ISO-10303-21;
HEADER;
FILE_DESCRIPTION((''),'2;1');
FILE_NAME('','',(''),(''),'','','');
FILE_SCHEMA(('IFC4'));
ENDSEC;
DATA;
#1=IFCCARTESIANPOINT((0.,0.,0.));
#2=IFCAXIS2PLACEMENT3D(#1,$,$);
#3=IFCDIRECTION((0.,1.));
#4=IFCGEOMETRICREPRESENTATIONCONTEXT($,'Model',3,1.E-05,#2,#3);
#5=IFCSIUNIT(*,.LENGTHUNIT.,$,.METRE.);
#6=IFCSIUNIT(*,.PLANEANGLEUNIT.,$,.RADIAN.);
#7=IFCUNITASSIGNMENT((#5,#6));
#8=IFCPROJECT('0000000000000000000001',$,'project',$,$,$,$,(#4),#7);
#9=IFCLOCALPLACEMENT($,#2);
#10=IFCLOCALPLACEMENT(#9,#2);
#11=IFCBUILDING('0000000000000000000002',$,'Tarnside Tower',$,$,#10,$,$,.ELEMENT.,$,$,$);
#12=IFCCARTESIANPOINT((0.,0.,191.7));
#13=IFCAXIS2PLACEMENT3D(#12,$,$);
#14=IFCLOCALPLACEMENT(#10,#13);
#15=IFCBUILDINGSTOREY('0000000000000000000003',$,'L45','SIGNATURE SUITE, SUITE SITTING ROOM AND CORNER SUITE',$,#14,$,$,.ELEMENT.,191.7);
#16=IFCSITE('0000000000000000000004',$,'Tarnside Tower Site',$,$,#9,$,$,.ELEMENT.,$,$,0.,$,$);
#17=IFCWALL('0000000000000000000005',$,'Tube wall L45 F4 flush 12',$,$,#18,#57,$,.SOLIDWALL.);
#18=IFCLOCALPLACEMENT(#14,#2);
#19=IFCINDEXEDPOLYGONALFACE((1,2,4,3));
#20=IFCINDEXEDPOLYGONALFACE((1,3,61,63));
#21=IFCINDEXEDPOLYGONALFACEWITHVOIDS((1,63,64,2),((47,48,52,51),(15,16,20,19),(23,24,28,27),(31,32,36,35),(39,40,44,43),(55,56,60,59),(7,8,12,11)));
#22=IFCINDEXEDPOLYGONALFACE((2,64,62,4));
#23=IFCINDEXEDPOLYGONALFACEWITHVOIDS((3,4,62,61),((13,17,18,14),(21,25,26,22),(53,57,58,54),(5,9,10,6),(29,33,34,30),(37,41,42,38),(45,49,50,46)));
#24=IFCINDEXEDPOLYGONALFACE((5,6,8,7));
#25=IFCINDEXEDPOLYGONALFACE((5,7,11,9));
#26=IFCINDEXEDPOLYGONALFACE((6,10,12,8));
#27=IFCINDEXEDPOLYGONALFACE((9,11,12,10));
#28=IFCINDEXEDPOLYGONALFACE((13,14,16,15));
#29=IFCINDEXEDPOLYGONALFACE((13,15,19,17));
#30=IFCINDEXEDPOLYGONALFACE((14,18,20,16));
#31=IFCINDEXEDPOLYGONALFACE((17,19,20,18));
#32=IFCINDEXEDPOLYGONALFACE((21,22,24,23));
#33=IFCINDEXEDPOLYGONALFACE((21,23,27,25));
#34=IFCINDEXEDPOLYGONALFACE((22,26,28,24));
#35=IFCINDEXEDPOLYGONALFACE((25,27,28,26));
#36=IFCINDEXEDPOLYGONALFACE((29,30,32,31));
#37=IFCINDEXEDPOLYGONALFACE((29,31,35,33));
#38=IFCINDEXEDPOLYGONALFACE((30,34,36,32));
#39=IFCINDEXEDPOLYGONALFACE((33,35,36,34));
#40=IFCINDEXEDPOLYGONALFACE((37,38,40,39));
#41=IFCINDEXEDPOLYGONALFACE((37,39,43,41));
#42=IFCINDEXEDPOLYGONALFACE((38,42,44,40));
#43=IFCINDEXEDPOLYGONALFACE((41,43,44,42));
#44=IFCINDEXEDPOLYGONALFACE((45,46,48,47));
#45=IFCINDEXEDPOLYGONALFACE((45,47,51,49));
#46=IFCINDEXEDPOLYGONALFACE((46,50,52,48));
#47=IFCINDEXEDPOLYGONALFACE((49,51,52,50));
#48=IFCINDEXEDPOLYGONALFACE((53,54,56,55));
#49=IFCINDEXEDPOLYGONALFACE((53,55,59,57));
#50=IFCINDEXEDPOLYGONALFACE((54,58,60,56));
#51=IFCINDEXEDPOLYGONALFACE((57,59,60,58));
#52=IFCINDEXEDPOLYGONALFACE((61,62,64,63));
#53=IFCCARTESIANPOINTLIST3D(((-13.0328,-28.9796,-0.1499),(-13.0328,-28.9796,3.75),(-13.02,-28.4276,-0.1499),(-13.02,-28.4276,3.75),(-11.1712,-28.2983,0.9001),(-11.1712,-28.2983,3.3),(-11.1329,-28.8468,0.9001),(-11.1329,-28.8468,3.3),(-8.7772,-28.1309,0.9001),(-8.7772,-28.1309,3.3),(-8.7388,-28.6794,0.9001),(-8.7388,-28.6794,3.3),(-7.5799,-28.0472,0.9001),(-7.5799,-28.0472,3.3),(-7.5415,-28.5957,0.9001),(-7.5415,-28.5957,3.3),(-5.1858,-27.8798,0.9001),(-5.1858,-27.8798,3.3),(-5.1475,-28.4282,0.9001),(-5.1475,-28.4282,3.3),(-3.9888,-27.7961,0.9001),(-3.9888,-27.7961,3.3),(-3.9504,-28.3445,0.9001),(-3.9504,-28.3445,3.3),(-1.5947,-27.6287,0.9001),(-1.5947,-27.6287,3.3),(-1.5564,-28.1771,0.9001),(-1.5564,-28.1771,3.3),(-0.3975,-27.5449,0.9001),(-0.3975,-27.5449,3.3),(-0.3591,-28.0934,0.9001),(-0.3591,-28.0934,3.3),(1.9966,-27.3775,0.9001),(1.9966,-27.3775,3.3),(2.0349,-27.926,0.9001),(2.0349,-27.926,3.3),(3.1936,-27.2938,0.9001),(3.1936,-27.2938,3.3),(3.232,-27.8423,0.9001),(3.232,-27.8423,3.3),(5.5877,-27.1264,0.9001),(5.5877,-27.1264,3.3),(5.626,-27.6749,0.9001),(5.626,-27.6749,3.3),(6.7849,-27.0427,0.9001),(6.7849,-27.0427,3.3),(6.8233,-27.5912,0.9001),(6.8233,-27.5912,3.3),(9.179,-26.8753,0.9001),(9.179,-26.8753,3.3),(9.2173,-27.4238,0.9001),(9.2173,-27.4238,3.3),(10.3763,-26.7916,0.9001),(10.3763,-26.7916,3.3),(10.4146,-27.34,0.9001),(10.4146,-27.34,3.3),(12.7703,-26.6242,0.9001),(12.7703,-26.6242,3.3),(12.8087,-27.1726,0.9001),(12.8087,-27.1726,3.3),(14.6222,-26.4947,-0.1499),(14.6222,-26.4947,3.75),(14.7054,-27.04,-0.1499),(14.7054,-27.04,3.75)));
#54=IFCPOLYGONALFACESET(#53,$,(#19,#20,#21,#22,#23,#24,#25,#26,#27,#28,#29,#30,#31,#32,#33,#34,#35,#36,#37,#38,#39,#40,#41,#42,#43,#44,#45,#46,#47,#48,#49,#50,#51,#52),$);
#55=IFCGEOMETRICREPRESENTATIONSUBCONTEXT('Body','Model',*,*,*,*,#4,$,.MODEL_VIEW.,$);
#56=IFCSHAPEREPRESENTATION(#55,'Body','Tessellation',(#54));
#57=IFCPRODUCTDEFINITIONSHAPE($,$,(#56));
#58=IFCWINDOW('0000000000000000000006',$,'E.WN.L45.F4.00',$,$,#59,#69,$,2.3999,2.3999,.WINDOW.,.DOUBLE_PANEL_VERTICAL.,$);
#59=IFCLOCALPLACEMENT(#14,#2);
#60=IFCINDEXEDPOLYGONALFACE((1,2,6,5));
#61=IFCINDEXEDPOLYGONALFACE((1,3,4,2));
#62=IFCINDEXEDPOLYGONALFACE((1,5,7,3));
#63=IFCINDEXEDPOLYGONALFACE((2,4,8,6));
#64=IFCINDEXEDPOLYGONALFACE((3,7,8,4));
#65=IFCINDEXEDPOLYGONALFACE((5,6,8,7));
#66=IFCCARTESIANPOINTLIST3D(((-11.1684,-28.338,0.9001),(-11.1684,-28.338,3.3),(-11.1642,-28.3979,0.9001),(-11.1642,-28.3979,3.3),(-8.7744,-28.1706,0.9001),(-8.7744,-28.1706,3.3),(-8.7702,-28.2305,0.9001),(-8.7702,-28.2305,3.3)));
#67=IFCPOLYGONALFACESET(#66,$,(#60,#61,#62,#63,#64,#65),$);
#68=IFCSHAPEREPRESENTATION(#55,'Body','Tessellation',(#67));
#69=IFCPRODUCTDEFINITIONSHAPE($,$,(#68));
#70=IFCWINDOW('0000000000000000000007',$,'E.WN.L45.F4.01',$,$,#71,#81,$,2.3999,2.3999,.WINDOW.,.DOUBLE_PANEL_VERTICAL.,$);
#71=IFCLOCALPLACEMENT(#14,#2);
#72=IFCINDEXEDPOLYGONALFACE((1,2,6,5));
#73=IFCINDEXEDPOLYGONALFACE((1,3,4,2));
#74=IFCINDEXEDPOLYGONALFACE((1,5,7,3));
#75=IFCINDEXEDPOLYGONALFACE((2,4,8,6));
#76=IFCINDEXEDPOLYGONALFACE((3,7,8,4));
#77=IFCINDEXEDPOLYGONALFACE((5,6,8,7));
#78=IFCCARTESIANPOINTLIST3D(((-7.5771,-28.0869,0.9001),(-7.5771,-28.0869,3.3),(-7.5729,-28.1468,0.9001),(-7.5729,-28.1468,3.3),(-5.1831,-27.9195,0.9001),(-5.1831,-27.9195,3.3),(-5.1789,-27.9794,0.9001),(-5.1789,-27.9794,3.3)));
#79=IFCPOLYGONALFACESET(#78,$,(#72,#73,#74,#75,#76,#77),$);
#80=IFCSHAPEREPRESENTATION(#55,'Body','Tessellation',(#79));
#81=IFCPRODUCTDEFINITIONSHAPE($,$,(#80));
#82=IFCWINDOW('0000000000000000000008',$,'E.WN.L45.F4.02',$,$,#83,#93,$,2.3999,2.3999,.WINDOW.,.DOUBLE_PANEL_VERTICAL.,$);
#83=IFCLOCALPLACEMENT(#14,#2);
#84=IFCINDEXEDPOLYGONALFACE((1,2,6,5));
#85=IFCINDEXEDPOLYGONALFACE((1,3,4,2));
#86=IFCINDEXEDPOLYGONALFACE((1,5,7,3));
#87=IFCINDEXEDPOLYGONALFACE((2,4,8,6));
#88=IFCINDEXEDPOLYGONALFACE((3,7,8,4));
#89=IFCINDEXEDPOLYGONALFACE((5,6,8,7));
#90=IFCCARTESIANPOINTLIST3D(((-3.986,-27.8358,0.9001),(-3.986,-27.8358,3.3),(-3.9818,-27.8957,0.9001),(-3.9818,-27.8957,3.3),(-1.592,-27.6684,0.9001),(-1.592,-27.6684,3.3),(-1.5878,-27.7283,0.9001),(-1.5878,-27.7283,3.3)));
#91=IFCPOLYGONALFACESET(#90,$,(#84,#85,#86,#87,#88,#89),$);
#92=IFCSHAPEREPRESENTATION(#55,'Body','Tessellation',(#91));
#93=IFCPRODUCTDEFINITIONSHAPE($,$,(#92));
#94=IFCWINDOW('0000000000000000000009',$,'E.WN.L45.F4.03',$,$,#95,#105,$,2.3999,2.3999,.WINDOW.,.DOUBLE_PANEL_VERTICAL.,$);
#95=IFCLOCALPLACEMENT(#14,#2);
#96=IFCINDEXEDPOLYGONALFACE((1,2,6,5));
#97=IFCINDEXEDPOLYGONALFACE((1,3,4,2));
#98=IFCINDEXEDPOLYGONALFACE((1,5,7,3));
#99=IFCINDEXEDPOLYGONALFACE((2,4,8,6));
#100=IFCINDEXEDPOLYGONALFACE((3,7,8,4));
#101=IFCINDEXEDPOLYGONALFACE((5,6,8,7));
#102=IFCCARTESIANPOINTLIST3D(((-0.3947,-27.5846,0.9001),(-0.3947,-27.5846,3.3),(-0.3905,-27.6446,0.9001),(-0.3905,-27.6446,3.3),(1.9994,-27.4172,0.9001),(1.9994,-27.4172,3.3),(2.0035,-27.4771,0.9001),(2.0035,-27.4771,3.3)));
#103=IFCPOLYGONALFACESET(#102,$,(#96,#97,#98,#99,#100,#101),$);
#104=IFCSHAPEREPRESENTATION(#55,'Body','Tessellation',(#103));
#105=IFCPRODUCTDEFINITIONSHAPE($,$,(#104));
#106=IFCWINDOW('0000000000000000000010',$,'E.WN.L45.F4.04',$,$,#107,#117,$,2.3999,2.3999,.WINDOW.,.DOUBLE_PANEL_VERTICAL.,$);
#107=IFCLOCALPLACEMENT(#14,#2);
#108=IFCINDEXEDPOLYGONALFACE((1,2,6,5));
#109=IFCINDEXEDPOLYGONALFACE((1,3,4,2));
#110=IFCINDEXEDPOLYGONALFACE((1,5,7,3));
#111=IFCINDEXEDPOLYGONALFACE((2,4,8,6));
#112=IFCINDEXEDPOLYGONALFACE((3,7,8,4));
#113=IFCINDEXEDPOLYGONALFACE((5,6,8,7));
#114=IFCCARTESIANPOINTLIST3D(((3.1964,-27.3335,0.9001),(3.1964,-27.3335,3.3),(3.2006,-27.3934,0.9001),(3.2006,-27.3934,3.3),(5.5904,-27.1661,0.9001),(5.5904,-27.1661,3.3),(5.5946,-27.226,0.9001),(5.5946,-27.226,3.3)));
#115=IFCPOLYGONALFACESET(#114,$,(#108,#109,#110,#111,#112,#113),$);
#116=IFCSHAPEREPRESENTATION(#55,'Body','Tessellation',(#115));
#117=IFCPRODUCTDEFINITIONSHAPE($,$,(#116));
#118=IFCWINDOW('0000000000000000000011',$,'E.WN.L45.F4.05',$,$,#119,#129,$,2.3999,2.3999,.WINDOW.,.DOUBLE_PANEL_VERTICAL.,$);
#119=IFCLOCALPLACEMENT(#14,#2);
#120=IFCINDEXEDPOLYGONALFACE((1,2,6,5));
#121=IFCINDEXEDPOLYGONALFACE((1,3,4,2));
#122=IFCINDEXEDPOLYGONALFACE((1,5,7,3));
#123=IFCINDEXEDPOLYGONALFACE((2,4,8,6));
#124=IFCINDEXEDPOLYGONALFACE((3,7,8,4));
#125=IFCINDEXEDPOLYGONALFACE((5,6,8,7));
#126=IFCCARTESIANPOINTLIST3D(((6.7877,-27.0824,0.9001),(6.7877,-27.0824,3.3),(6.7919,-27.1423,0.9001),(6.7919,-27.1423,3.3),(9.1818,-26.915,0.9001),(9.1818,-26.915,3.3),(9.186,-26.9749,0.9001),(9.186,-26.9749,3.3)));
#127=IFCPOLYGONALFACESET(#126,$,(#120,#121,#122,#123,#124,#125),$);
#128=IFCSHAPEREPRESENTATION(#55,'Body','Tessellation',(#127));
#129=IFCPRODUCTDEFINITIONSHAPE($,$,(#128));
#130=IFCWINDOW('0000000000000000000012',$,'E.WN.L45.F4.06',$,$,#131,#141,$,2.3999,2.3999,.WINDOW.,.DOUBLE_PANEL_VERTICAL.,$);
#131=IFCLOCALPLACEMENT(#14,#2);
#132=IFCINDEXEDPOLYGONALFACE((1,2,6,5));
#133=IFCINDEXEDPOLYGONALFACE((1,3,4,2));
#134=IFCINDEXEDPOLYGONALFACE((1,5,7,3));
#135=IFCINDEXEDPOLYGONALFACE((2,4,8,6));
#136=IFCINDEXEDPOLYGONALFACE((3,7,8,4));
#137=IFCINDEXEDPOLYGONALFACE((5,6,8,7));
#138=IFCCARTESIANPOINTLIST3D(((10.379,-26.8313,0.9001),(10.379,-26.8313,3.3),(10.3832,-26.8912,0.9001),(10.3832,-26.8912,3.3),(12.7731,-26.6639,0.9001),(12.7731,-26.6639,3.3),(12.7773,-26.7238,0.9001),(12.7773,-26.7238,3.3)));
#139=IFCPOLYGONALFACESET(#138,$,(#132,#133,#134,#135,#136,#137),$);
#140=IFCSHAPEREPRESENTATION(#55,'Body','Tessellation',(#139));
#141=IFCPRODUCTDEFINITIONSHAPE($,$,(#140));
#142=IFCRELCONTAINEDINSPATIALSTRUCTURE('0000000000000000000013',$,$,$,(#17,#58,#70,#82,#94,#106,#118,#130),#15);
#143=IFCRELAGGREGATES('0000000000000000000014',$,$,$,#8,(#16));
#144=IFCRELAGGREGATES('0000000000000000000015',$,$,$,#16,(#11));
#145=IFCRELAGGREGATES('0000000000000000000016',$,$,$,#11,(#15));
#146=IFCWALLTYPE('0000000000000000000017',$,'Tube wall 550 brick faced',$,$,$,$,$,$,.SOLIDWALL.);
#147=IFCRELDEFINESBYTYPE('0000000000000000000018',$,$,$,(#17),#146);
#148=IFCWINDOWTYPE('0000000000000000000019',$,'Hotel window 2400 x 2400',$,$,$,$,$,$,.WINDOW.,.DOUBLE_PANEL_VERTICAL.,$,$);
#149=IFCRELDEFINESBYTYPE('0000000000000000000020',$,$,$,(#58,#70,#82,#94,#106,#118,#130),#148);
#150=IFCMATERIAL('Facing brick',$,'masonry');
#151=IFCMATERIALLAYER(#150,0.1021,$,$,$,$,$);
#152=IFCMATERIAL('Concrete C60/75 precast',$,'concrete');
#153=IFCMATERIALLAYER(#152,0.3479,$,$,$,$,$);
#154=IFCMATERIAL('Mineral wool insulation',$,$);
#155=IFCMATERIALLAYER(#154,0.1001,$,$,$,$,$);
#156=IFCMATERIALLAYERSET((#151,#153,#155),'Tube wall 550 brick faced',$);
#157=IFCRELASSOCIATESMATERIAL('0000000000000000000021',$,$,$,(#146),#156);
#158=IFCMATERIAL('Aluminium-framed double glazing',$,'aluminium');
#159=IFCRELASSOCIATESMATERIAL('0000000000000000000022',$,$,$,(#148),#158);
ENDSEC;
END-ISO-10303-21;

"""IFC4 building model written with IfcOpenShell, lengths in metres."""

from ifc_helpers import new_model, si_unit, direction, frame, frame_2d, origin, place, context, subcontext, project, spatial, polyline, rectangle, outline, extrude, material, layer, layer_set, type_object, element, fill, save


model = new_model("IFC4")

# Units and contexts
model_context = context("Model", 3, precision=1e-05, world=origin(), true_north=direction((0.0, 1.0)))
body_context = subcontext(model_context, "Body", "Model", "MODEL_VIEW")
ifc_project = project(units=[si_unit("LENGTHUNIT", "METRE"), si_unit("PLANEANGLEUNIT", "RADIAN")], contexts=[model_context])

# Site, building, storey
site_placement = place(None, origin())
site = spatial("IfcSite", under=ifc_project, at=site_placement, Name="Tarnside Tower Site", CompositionType="ELEMENT", RefElevation=0.0)
building_placement = place(site_placement, origin())
building = spatial("IfcBuilding", under=site, at=building_placement, Name="Tarnside Tower", CompositionType="ELEMENT")
storey_placement = place(building_placement, frame((0.0, 0.0, 191.7)))
storey = spatial("IfcBuildingStorey", under=building, at=storey_placement, Name="L45", Description="SIGNATURE SUITE, SUITE SITTING ROOM AND CORNER SUITE", CompositionType="ELEMENT", Elevation=191.7)

# Shared definitions
ifc_material_1 = material(Name="Facing brick", Category="masonry")
ifc_layer_1 = layer(ifc_material_1, 0.1021)
ifc_material_2 = material(Name="Concrete C60/75 precast", Category="concrete")
ifc_layer_2 = layer(ifc_material_2, 0.3479)
ifc_material_3 = material(Name="Mineral wool insulation")
ifc_layer_3 = layer(ifc_material_3, 0.1001)
ifc_layer_set_1 = layer_set([ifc_layer_1, ifc_layer_2, ifc_layer_3], Name="Tube wall 550 brick faced")
wall_type_1 = type_object("IfcWallType", Name="Tube wall 550 brick faced", PredefinedType="SOLIDWALL", material=ifc_layer_set_1)

# Wall, openings, windows
wall_1_placement = place(storey_placement, frame((-13.0264, -28.7036, -0.1499), z_axis=(0.0, 0.0, 1.0), x_axis=(0.997564, 0.069756, 0.0)))
wall_1 = element("IfcWall", 1, at=wall_1_placement, inside=storey, type_object=wall_type_1, Name="Tube wall L45 F4 flush 12", PredefinedType="SOLIDWALL", context=body_context, shape_type="SweptSolid", body=[
    extrude(outline(polyline([(-0.0256, -0.2749), (27.7803, -0.2749), (27.7354, 0.2749), (0.0256, 0.2749), (-0.0256, -0.2749)])), origin(), (0.0, 0.0, 1.0), 3.8999),
])
opening_1_placement = place(wall_1_placement, frame((1.8789, 0.0, 1.05)))
opening_1 = element("IfcOpeningElement", 2, at=opening_1_placement, cuts=wall_1, PredefinedType="OPENING", context=body_context, shape_type="SweptSolid", body=[
    extrude(rectangle(XDim=2.3999, YDim=2.3999, at=frame_2d((1.2, 1.2))), frame((0.0, 0.2852, 0.0), z_axis=(0.0, -1.0, 0.0), x_axis=(1.0, 0.0, 0.0)), (0.0, 0.0, 1.0), 0.5701),
])
opening_2_placement = place(wall_1_placement, frame((5.479, 0.0, 1.05)))
opening_2 = element("IfcOpeningElement", 3, at=opening_2_placement, cuts=wall_1, PredefinedType="OPENING", context=body_context, shape_type="SweptSolid", body=[
    extrude(rectangle(XDim=2.3999, YDim=2.3999, at=frame_2d((1.2, 1.2))), frame((0.0, 0.2852, 0.0), z_axis=(0.0, -1.0, 0.0), x_axis=(1.0, 0.0, 0.0)), (0.0, 0.0, 1.0), 0.5701),
])
opening_3_placement = place(wall_1_placement, frame((9.0789, 0.0, 1.05)))
opening_3 = element("IfcOpeningElement", 4, at=opening_3_placement, cuts=wall_1, PredefinedType="OPENING", context=body_context, shape_type="SweptSolid", body=[
    extrude(rectangle(XDim=2.3999, YDim=2.3999, at=frame_2d((1.2, 1.2))), frame((0.0, 0.2852, 0.0), z_axis=(0.0, -1.0, 0.0), x_axis=(1.0, 0.0, 0.0)), (0.0, 0.0, 1.0), 0.5701),
])
opening_4_placement = place(wall_1_placement, frame((12.679, 0.0, 1.05)))
opening_4 = element("IfcOpeningElement", 5, at=opening_4_placement, cuts=wall_1, PredefinedType="OPENING", context=body_context, shape_type="SweptSolid", body=[
    extrude(rectangle(XDim=2.3999, YDim=2.3999, at=frame_2d((1.2, 1.2))), frame((0.0, 0.2852, 0.0), z_axis=(0.0, -1.0, 0.0), x_axis=(1.0, 0.0, 0.0)), (0.0, 0.0, 1.0), 0.5701),
])
opening_5_placement = place(wall_1_placement, frame((16.2788, 0.0, 1.05)))
opening_5 = element("IfcOpeningElement", 6, at=opening_5_placement, cuts=wall_1, PredefinedType="OPENING", context=body_context, shape_type="SweptSolid", body=[
    extrude(rectangle(XDim=2.3999, YDim=2.3999, at=frame_2d((1.2, 1.2))), frame((0.0, 0.2852, 0.0), z_axis=(0.0, -1.0, 0.0), x_axis=(1.0, 0.0, 0.0)), (0.0, 0.0, 1.0), 0.5701),
])
opening_6_placement = place(wall_1_placement, frame((19.8789, 0.0, 1.05)))
opening_6 = element("IfcOpeningElement", 7, at=opening_6_placement, cuts=wall_1, PredefinedType="OPENING", context=body_context, shape_type="SweptSolid", body=[
    extrude(rectangle(XDim=2.3999, YDim=2.3999, at=frame_2d((1.2, 1.2))), frame((0.0, 0.2852, 0.0), z_axis=(0.0, -1.0, 0.0), x_axis=(1.0, 0.0, 0.0)), (0.0, 0.0, 1.0), 0.5701),
])
opening_7_placement = place(wall_1_placement, frame((23.479, 0.0, 1.05)))
opening_7 = element("IfcOpeningElement", 8, at=opening_7_placement, cuts=wall_1, PredefinedType="OPENING", context=body_context, shape_type="SweptSolid", body=[
    extrude(rectangle(XDim=2.3999, YDim=2.3999, at=frame_2d((1.2, 1.2))), frame((0.0, 0.2852, 0.0), z_axis=(0.0, -1.0, 0.0), x_axis=(1.0, 0.0, 0.0)), (0.0, 0.0, 1.0), 0.5701),
])
ifc_material_4 = material(Name="Aluminium-framed double glazing", Category="aluminium")
window_type = type_object("IfcWindowType", Name="Hotel window 2400 x 2400", PartitioningType="DOUBLE_PANEL_VERTICAL", PredefinedType="WINDOW", material=ifc_material_4)
window_1_placement = place(opening_1_placement, frame((0.0, 0.2051, 0.0)))
window_1 = element("IfcWindow", 9, at=window_1_placement, inside=storey, type_object=window_type, Name="E.WN.L45.F4.00", OverallHeight=2.3999, OverallWidth=2.3999, PartitioningType="DOUBLE_PANEL_VERTICAL", PredefinedType="WINDOW", context=body_context, shape_type="SweptSolid", body=[
    extrude(rectangle(XDim=2.3999, YDim=2.3999, at=frame_2d((1.2, 1.2))), frame((0.0, 0.03, 0.0), z_axis=(0.0, -1.0, 0.0), x_axis=(1.0, 0.0, 0.0)), (0.0, 0.0, 1.0), 0.0601),
])
fill(opening_1, window_1)
window_2_placement = place(opening_2_placement, frame((0.0, 0.2051, 0.0)))
window_2 = element("IfcWindow", 10, at=window_2_placement, inside=storey, type_object=window_type, Name="E.WN.L45.F4.01", OverallHeight=2.3999, OverallWidth=2.3999, PartitioningType="DOUBLE_PANEL_VERTICAL", PredefinedType="WINDOW", context=body_context, shape_type="SweptSolid", body=[
    extrude(rectangle(XDim=2.3999, YDim=2.3999, at=frame_2d((1.2, 1.2))), frame((0.0, 0.03, 0.0), z_axis=(0.0, -1.0, 0.0), x_axis=(1.0, 0.0, 0.0)), (0.0, 0.0, 1.0), 0.0601),
])
fill(opening_2, window_2)
window_3_placement = place(opening_3_placement, frame((0.0, 0.2051, 0.0)))
window_3 = element("IfcWindow", 11, at=window_3_placement, inside=storey, type_object=window_type, Name="E.WN.L45.F4.02", OverallHeight=2.3999, OverallWidth=2.3999, PartitioningType="DOUBLE_PANEL_VERTICAL", PredefinedType="WINDOW", context=body_context, shape_type="SweptSolid", body=[
    extrude(rectangle(XDim=2.3999, YDim=2.3999, at=frame_2d((1.2, 1.2))), frame((0.0, 0.03, 0.0), z_axis=(0.0, -1.0, 0.0), x_axis=(1.0, 0.0, 0.0)), (0.0, 0.0, 1.0), 0.0601),
])
fill(opening_3, window_3)
window_4_placement = place(opening_4_placement, frame((0.0, 0.2051, 0.0)))
window_4 = element("IfcWindow", 12, at=window_4_placement, inside=storey, type_object=window_type, Name="E.WN.L45.F4.03", OverallHeight=2.3999, OverallWidth=2.3999, PartitioningType="DOUBLE_PANEL_VERTICAL", PredefinedType="WINDOW", context=body_context, shape_type="SweptSolid", body=[
    extrude(rectangle(XDim=2.3999, YDim=2.3999, at=frame_2d((1.2, 1.2))), frame((0.0, 0.03, 0.0), z_axis=(0.0, -1.0, 0.0), x_axis=(1.0, 0.0, 0.0)), (0.0, 0.0, 1.0), 0.0601),
])
fill(opening_4, window_4)
window_5_placement = place(opening_5_placement, frame((0.0, 0.2051, 0.0)))
window_5 = element("IfcWindow", 13, at=window_5_placement, inside=storey, type_object=window_type, Name="E.WN.L45.F4.04", OverallHeight=2.3999, OverallWidth=2.3999, PartitioningType="DOUBLE_PANEL_VERTICAL", PredefinedType="WINDOW", context=body_context, shape_type="SweptSolid", body=[
    extrude(rectangle(XDim=2.3999, YDim=2.3999, at=frame_2d((1.2, 1.2))), frame((0.0, 0.03, 0.0), z_axis=(0.0, -1.0, 0.0), x_axis=(1.0, 0.0, 0.0)), (0.0, 0.0, 1.0), 0.0601),
])
fill(opening_5, window_5)
window_6_placement = place(opening_6_placement, frame((0.0, 0.2051, 0.0)))
window_6 = element("IfcWindow", 14, at=window_6_placement, inside=storey, type_object=window_type, Name="E.WN.L45.F4.05", OverallHeight=2.3999, OverallWidth=2.3999, PartitioningType="DOUBLE_PANEL_VERTICAL", PredefinedType="WINDOW", context=body_context, shape_type="SweptSolid", body=[
    extrude(rectangle(XDim=2.3999, YDim=2.3999, at=frame_2d((1.2, 1.2))), frame((0.0, 0.03, 0.0), z_axis=(0.0, -1.0, 0.0), x_axis=(1.0, 0.0, 0.0)), (0.0, 0.0, 1.0), 0.0601),
])
fill(opening_6, window_6)
window_7_placement = place(opening_7_placement, frame((0.0, 0.2051, 0.0)))
window_7 = element("IfcWindow", 15, at=window_7_placement, inside=storey, type_object=window_type, Name="E.WN.L45.F4.06", OverallHeight=2.3999, OverallWidth=2.3999, PartitioningType="DOUBLE_PANEL_VERTICAL", PredefinedType="WINDOW", context=body_context, shape_type="SweptSolid", body=[
    extrude(rectangle(XDim=2.3999, YDim=2.3999, at=frame_2d((1.2, 1.2))), frame((0.0, 0.03, 0.0), z_axis=(0.0, -1.0, 0.0), x_axis=(1.0, 0.0, 0.0)), (0.0, 0.0, 1.0), 0.0601),
])
fill(opening_7, window_7)

save(model, "model.ifc")
